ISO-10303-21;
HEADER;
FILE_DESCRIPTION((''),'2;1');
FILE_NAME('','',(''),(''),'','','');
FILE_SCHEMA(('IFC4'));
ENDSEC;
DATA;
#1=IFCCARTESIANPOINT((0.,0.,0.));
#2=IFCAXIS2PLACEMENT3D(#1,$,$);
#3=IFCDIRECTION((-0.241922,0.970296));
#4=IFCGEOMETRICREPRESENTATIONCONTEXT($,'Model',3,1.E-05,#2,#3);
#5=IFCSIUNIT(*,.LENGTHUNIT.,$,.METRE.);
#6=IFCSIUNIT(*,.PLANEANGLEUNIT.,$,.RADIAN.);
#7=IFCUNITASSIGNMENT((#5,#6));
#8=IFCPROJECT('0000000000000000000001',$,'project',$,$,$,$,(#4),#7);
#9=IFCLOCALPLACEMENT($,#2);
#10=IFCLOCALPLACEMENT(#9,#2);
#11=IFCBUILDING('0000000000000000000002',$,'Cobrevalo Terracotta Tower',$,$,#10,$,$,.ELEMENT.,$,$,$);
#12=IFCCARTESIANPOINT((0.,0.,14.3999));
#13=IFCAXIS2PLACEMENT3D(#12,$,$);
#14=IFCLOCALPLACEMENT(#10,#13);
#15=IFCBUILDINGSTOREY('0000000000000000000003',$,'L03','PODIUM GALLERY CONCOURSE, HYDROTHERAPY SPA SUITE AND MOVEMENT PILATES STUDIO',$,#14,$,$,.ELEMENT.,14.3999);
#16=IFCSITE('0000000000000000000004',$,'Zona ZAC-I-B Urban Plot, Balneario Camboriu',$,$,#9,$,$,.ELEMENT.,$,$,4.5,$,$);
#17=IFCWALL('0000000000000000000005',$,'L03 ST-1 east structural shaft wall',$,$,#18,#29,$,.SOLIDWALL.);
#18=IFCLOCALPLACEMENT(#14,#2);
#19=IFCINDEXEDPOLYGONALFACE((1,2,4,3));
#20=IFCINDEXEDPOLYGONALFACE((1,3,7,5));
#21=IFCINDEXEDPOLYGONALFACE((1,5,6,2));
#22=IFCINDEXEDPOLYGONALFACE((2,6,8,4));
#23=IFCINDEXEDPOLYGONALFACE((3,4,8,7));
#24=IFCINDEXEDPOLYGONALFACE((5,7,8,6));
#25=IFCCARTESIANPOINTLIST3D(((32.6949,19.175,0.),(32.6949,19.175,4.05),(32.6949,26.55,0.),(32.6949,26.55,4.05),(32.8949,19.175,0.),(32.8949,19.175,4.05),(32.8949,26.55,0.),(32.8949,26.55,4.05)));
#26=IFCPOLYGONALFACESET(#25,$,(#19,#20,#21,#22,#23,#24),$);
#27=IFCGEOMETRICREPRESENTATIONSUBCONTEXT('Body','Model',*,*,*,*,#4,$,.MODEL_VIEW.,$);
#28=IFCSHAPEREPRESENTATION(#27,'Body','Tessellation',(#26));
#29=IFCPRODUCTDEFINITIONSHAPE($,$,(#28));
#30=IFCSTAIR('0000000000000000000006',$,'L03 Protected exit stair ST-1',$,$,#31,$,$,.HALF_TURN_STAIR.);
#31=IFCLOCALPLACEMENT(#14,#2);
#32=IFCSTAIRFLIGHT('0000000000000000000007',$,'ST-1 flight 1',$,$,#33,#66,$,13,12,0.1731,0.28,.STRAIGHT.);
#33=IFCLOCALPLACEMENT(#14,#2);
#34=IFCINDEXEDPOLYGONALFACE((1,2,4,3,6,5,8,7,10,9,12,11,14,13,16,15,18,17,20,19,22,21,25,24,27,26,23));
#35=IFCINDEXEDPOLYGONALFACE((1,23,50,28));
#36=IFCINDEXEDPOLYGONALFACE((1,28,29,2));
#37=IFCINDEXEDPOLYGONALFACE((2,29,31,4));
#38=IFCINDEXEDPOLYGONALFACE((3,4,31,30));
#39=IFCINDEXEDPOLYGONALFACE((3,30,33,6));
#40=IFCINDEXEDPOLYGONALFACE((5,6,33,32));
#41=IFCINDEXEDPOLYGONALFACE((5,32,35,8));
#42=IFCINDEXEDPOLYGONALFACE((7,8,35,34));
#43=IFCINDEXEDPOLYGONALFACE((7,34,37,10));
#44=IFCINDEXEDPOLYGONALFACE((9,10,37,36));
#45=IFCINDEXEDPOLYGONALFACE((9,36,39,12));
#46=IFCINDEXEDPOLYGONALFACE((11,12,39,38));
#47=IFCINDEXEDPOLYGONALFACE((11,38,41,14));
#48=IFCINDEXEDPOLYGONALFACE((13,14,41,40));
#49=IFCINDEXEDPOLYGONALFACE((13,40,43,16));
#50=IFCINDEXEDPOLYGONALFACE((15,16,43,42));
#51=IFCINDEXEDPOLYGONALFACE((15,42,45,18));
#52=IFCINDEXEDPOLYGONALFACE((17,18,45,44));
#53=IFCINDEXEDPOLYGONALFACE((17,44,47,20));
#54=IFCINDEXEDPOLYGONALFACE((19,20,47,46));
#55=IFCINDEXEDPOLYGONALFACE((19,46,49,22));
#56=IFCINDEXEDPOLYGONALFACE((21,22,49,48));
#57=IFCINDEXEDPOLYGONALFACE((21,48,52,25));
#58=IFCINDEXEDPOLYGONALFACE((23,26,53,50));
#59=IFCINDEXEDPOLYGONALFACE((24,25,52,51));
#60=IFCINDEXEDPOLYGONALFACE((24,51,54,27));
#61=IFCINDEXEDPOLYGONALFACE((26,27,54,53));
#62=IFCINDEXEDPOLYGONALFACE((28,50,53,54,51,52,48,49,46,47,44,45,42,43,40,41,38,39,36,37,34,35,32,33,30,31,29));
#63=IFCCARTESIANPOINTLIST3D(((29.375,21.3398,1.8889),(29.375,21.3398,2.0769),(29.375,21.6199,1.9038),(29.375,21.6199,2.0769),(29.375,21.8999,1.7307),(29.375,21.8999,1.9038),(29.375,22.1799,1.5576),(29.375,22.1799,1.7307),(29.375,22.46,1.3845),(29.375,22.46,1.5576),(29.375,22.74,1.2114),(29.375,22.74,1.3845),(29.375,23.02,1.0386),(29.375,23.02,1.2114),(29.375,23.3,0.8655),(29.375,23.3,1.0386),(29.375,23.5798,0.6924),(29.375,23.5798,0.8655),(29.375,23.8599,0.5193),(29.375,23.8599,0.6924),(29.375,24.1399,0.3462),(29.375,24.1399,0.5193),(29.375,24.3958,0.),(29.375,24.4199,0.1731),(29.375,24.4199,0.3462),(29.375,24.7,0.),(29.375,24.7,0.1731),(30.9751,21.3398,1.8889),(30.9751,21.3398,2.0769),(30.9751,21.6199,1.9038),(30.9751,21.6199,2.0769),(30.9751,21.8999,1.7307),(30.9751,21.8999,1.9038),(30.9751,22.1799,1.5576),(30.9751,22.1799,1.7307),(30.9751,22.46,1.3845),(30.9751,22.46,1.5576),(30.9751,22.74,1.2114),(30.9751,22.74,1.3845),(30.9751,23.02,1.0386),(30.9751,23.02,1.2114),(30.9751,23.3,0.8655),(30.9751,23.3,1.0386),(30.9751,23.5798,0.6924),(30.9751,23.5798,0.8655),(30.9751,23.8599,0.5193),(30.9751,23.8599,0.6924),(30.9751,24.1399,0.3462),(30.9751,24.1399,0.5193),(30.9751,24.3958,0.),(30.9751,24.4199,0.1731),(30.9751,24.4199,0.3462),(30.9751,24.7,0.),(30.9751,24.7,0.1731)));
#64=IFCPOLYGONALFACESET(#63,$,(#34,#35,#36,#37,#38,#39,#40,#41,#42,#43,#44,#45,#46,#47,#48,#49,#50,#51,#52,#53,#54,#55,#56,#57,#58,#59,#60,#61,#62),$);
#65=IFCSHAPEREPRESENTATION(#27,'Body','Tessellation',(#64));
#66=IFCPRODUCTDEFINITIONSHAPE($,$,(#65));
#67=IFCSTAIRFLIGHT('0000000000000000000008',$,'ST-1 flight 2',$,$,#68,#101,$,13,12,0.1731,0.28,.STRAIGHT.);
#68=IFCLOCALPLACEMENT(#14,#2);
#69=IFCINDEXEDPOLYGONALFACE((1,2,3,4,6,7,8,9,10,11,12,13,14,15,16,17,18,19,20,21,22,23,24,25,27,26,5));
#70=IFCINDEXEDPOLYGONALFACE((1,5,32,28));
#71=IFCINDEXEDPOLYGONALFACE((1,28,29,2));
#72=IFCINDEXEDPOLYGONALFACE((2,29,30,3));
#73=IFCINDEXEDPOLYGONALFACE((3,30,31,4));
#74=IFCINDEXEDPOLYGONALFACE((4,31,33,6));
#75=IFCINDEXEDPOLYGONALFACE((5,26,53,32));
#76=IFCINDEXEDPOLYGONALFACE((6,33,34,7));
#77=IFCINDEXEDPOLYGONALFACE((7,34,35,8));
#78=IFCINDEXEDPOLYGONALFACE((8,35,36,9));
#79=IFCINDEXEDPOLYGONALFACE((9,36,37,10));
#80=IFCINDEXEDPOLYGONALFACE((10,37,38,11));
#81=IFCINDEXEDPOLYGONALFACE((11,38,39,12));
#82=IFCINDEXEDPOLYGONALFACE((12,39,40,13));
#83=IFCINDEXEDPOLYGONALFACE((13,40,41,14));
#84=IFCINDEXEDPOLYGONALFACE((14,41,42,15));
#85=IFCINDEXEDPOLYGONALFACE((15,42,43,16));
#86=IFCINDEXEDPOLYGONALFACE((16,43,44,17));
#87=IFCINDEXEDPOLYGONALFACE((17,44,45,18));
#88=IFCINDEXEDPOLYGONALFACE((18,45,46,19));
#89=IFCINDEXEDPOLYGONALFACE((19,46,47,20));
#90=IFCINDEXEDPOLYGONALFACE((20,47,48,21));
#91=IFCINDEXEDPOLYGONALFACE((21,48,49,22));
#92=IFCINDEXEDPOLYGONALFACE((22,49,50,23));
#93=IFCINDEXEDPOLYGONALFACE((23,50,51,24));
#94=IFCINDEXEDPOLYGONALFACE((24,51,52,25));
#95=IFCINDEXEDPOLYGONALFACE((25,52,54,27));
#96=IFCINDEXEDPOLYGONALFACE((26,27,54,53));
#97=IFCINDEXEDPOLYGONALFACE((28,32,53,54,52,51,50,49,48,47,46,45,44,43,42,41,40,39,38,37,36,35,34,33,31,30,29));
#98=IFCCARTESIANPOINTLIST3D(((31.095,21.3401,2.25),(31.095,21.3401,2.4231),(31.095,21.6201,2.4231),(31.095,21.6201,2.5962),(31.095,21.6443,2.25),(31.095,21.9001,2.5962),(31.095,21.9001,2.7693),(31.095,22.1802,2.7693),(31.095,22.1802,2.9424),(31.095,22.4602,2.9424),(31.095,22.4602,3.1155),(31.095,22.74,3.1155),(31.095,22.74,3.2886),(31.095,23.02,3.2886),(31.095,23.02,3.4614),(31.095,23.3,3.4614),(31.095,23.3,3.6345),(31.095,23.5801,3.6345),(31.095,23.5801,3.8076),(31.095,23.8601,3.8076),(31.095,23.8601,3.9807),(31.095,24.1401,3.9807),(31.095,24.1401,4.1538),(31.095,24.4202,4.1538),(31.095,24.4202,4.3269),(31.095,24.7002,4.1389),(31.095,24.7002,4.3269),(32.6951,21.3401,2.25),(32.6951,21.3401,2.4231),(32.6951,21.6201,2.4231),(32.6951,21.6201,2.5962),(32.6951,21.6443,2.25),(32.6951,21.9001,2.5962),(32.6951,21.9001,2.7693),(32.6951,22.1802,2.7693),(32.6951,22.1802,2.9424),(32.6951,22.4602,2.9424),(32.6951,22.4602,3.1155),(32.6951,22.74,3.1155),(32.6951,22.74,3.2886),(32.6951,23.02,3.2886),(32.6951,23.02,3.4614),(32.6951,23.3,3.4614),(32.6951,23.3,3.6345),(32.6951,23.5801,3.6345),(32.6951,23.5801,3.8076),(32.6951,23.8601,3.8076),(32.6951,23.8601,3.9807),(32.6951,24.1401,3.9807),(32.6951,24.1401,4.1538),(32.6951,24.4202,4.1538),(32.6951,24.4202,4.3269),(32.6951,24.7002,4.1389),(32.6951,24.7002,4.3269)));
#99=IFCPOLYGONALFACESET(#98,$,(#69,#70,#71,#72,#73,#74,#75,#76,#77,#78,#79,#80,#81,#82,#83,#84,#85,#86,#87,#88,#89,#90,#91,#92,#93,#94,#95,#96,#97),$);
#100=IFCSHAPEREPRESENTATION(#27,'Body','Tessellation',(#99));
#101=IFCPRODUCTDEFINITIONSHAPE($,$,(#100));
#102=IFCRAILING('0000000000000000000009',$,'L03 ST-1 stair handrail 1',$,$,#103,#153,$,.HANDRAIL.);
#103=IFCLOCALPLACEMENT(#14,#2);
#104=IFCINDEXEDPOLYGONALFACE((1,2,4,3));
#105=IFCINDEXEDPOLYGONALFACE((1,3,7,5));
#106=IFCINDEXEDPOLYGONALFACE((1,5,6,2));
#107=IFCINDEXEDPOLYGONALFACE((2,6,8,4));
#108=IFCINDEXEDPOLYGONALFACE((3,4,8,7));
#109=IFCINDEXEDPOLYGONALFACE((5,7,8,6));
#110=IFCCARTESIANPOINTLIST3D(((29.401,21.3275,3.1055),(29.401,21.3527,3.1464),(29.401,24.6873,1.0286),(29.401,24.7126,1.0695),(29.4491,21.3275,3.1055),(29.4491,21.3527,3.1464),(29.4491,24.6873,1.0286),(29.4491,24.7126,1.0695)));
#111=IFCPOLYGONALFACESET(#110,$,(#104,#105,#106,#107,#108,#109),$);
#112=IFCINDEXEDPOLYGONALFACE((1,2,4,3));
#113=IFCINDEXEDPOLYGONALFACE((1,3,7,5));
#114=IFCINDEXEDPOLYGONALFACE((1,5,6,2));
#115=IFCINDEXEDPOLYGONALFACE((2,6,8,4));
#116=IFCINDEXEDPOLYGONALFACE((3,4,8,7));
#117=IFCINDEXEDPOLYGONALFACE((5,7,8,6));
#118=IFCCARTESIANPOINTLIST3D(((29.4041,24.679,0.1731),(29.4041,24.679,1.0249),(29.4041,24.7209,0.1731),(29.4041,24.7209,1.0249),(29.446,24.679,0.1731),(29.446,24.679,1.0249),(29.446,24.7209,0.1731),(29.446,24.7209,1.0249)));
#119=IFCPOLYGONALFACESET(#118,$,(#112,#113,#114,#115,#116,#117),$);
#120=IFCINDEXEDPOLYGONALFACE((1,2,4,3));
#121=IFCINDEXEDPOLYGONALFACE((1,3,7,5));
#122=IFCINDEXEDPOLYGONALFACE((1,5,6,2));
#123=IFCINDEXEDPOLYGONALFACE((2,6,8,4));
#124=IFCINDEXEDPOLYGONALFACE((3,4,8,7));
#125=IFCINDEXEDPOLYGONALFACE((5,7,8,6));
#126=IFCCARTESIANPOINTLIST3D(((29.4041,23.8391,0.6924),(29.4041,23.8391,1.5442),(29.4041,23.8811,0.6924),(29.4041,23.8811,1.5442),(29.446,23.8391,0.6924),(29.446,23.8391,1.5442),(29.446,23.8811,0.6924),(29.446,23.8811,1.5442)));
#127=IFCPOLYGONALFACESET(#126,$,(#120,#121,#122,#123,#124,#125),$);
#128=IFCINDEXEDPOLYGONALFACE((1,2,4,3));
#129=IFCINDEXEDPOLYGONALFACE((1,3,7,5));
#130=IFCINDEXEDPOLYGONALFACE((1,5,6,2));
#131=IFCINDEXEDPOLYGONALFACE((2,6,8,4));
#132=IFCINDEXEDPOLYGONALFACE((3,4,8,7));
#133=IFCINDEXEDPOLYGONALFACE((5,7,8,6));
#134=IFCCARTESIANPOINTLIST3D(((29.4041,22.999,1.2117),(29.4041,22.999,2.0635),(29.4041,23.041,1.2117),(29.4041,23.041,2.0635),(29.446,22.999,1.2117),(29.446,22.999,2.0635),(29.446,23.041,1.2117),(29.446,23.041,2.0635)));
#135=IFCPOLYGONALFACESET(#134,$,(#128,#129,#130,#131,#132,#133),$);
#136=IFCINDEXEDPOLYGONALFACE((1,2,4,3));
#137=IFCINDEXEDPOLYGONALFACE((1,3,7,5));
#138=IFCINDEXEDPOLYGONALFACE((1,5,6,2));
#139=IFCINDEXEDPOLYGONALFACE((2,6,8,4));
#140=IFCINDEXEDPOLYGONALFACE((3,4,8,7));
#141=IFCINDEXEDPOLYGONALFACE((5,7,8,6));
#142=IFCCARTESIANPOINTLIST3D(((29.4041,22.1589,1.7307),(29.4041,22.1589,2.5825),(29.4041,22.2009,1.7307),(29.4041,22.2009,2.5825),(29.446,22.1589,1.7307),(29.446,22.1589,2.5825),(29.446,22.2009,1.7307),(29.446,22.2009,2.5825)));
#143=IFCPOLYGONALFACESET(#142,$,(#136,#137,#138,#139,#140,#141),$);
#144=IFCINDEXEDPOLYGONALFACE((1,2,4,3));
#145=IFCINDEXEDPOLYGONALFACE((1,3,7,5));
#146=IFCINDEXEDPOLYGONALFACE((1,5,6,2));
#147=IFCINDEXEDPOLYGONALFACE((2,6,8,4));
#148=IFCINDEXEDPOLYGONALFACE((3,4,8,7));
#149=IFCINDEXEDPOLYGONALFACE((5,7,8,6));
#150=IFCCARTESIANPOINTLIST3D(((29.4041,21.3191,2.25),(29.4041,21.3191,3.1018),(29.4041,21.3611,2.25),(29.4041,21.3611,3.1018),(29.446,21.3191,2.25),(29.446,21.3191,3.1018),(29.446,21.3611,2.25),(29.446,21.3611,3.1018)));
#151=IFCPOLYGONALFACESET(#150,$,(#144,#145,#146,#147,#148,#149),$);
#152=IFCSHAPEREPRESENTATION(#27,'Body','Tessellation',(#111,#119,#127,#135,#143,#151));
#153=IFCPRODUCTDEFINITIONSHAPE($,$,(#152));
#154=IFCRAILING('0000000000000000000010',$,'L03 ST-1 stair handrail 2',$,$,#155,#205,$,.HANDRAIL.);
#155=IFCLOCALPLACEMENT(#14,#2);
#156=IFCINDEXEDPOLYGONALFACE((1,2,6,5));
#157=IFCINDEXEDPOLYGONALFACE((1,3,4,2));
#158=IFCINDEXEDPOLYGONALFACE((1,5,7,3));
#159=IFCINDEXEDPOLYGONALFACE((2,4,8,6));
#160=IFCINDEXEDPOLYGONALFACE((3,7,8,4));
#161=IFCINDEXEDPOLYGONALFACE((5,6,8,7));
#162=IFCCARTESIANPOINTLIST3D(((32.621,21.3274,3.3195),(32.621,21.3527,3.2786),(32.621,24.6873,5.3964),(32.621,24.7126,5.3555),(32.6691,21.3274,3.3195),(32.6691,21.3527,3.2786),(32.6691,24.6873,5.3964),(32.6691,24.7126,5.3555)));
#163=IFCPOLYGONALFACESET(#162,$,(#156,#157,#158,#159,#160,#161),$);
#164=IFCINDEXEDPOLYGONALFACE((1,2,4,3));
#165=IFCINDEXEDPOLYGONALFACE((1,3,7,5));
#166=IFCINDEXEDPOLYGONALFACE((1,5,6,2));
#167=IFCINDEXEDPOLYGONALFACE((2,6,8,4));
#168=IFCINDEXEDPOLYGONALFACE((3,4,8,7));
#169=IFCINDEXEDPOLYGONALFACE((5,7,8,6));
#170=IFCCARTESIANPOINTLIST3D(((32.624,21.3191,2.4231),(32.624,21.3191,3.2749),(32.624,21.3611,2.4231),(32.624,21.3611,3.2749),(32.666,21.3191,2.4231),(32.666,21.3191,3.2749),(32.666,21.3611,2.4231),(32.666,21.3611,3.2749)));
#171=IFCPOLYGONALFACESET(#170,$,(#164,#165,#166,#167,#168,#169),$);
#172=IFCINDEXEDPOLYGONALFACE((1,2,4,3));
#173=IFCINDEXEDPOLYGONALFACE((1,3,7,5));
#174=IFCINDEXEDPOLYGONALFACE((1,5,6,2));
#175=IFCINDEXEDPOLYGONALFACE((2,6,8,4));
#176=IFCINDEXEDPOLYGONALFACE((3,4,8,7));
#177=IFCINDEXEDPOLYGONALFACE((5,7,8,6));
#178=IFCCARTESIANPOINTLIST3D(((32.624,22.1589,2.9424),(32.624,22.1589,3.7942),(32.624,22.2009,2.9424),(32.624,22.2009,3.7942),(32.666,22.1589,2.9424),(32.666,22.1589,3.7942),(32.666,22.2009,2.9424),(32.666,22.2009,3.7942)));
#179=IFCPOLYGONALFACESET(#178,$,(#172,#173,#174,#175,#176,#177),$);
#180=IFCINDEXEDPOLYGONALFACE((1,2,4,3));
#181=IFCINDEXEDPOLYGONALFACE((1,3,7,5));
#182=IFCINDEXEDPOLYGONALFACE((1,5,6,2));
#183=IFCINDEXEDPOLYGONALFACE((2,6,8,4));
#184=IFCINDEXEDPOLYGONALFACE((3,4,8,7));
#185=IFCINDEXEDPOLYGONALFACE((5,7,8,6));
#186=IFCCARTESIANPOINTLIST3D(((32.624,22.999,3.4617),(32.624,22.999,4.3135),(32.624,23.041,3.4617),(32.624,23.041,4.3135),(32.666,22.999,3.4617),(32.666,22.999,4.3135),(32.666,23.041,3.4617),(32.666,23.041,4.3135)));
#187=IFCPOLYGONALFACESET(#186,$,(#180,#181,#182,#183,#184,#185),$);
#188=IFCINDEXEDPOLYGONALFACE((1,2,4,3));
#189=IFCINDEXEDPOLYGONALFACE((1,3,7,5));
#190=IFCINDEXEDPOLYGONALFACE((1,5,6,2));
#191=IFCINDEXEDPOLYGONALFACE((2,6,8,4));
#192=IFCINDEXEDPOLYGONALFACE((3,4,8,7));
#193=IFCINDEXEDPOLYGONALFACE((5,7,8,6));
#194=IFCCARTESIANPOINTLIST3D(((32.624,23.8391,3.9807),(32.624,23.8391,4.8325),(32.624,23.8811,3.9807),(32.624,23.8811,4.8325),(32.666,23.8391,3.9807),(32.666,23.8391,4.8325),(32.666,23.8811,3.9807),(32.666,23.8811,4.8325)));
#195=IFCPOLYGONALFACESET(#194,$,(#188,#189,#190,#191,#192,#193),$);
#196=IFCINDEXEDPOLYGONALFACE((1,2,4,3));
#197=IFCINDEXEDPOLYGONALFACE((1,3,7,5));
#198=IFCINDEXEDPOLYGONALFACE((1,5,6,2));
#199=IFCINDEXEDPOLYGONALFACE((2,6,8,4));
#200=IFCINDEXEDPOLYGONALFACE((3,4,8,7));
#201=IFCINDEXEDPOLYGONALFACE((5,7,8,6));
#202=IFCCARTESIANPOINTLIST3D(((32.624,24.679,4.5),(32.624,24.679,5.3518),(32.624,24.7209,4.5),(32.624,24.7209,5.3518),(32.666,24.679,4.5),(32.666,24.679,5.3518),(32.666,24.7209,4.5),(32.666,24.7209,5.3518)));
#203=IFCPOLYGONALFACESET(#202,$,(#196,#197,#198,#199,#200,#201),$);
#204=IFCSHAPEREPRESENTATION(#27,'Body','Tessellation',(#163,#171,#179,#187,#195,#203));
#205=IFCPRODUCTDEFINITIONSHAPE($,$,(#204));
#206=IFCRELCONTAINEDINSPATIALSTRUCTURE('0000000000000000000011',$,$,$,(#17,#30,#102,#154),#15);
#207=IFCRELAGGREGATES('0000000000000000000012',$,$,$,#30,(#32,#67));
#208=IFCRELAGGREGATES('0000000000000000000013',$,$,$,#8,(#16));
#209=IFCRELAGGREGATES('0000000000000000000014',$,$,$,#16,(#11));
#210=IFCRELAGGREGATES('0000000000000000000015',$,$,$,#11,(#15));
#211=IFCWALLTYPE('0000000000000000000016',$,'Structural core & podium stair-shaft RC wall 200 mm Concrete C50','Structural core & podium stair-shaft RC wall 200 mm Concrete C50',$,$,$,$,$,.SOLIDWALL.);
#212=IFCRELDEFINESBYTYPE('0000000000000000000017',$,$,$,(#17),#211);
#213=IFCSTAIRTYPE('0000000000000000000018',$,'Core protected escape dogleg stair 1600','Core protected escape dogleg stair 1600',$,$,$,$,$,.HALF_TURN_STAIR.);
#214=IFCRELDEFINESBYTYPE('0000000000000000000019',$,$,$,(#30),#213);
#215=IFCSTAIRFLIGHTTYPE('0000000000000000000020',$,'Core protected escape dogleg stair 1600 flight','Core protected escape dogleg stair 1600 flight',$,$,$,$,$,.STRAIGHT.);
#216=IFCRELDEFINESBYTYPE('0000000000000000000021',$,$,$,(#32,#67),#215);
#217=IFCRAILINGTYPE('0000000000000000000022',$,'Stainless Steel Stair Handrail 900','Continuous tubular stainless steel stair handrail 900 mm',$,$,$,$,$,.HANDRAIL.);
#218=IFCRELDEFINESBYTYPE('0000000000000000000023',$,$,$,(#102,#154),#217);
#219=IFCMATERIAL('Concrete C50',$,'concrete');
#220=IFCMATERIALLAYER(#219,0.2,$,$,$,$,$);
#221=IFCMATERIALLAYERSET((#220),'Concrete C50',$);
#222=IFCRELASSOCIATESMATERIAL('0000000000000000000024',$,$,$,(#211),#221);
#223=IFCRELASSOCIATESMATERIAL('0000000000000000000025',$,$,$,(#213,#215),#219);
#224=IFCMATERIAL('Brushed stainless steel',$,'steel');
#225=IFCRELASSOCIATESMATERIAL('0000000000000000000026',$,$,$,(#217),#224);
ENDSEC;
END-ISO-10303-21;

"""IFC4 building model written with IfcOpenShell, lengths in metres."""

from ifc_helpers import new_model, si_unit, direction, frame, frame_2d, origin, origin_2d, place, context, subcontext, project, spatial, polyline, rectangle, outline, extrude, material, layer, layer_set, type_object, element, aggregate, save


model = new_model("IFC4")

# Units and contexts
model_context = context("Model", 3, precision=1e-05, world=origin(), true_north=direction((-0.241922, 0.970296)))
body_context = subcontext(model_context, "Body", "Model", "MODEL_VIEW")
ifc_project = project(units=[si_unit("LENGTHUNIT", "METRE"), si_unit("PLANEANGLEUNIT", "RADIAN")], contexts=[model_context])

# Site, building, storey
site_placement = place(None, origin())
site = spatial("IfcSite", under=ifc_project, at=site_placement, Name="Zona ZAC-I-B Urban Plot, Balneario Camboriu", CompositionType="ELEMENT", RefElevation=4.5)
building_placement = place(site_placement, origin())
building = spatial("IfcBuilding", under=site, at=building_placement, Name="Cobrevalo Terracotta Tower", CompositionType="ELEMENT")
storey_placement = place(building_placement, frame((0.0, 0.0, 14.3999)))
storey = spatial("IfcBuildingStorey", under=building, at=storey_placement, Name="L03", Description="PODIUM GALLERY CONCOURSE, HYDROTHERAPY SPA SUITE AND MOVEMENT PILATES STUDIO", CompositionType="ELEMENT", Elevation=14.3999)

# Wall
ifc_material_1 = material(Name="Concrete C50", Category="concrete")
ifc_layer_1 = layer(ifc_material_1, 0.2)
ifc_layer_set_1 = layer_set([ifc_layer_1], Name="Concrete C50")
wall_type_1 = type_object("IfcWallType", Name="Structural core & podium stair-shaft RC wall 200 mm Concrete C50", Description="Structural core & podium stair-shaft RC wall 200 mm Concrete C50", PredefinedType="SOLIDWALL", material=ifc_layer_set_1)
wall_1_placement = place(storey_placement, frame((32.7949, 19.175, 0.0), z_axis=(0.0, 0.0, 1.0), x_axis=(0.0, 1.0, 0.0)))
element("IfcWall", 1, at=wall_1_placement, inside=storey, type_object=wall_type_1, Name="L03 ST-1 east structural shaft wall", PredefinedType="SOLIDWALL", context=body_context, shape_type="SweptSolid", body=[
    extrude(rectangle(XDim=7.375, YDim=0.2, at=frame_2d((3.6875, 0.0))), origin(), (0.0, 0.0, 1.0), 4.05),
])

# Stair, stair flights
stair_type = type_object("IfcStairType", Name="Core protected escape dogleg stair 1600", Description="Core protected escape dogleg stair 1600", PredefinedType="HALF_TURN_STAIR", material=ifc_material_1)
stair_placement = place(storey_placement, origin())
stair = element("IfcStair", 2, at=stair_placement, inside=storey, type_object=stair_type, Name="L03 Protected exit stair ST-1", PredefinedType="HALF_TURN_STAIR")
stair_flight_type = type_object("IfcStairFlightType", Name="Core protected escape dogleg stair 1600 flight", Description="Core protected escape dogleg stair 1600 flight", PredefinedType="STRAIGHT", material=ifc_material_1)
stair_flight_1_placement = place(storey_placement, frame((30.175, 24.7, 0.0), z_axis=(0.0, 0.0, 1.0), x_axis=(0.0, -1.0, 0.0)))
stair_flight_1 = element("IfcStairFlight", 3, at=stair_flight_1_placement, type_object=stair_flight_type, Name="ST-1 flight 1", NumberOfRisers=13, NumberOfTreads=12, PredefinedType="STRAIGHT", RiserHeight=0.1731, TreadLength=0.28, context=body_context, shape_type="SweptSolid", body=[
    extrude(outline(polyline([(0.0, 0.0), (0.0, 0.1731), (0.28, 0.1731), (0.28, 0.3462), (0.5601, 0.3462), (0.5601, 0.5193), (0.8401, 0.5193), (0.8401, 0.6924), (1.1201, 0.6924), (1.1201, 0.8655), (1.3999, 0.8655), (1.3999, 1.0386), (1.6799, 1.0386), (1.6799, 1.2114), (1.96, 1.2114), (1.96, 1.3845), (2.24, 1.3845), (2.24, 1.5576), (2.52, 1.5576), (2.52, 1.7307), (2.8, 1.7307), (2.8, 1.9038), (3.0801, 1.9038), (3.0801, 2.0769), (3.3601, 2.0769), (3.3601, 2.25), (3.3601, 1.8889), (0.3042, 0.0), (0.0, 0.0)])), frame((0.0, 0.8, 0.0), z_axis=(0.0, -1.0, 0.0), x_axis=(1.0, 0.0, 0.0)), (0.0, 0.0, 1.0), 1.6001),
])
stair_flight_2_placement = place(storey_placement, frame((31.895, 21.3401, 2.25), z_axis=(0.0, 0.0, 1.0), x_axis=(0.0, 1.0, 0.0)))
stair_flight_2 = element("IfcStairFlight", 4, at=stair_flight_2_placement, type_object=stair_flight_type, Name="ST-1 flight 2", NumberOfRisers=13, NumberOfTreads=12, PredefinedType="STRAIGHT", RiserHeight=0.1731, TreadLength=0.28, context=body_context, shape_type="SweptSolid", body=[
    extrude(outline(polyline([(0.0, 0.0), (0.0, 0.1731), (0.28, 0.1731), (0.28, 0.3462), (0.5601, 0.3462), (0.5601, 0.5193), (0.8401, 0.5193), (0.8401, 0.6924), (1.1201, 0.6924), (1.1201, 0.8655), (1.3999, 0.8655), (1.3999, 1.0386), (1.6799, 1.0386), (1.6799, 1.2114), (1.96, 1.2114), (1.96, 1.3845), (2.24, 1.3845), (2.24, 1.5576), (2.52, 1.5576), (2.52, 1.7307), (2.8, 1.7307), (2.8, 1.9038), (3.0801, 1.9038), (3.0801, 2.0769), (3.3601, 2.0769), (3.3601, 2.25), (3.3601, 1.8889), (0.3042, 0.0), (0.0, 0.0)])), frame((0.0, 0.8, 0.0), z_axis=(0.0, -1.0, 0.0), x_axis=(1.0, 0.0, 0.0)), (0.0, 0.0, 1.0), 1.6001),
])
aggregate(stair, [stair_flight_1, stair_flight_2])

# Railings
ifc_material_2 = material(Name="Brushed stainless steel", Category="steel")
railing_type_1 = type_object("IfcRailingType", Name="Stainless Steel Stair Handrail 900", Description="Continuous tubular stainless steel stair handrail 900 mm", PredefinedType="HANDRAIL", material=ifc_material_2)
railing_1_placement = place(storey_placement, frame((29.425, 24.7, 0.1731)))
element("IfcRailing", 5, at=railing_1_placement, inside=storey, type_object=railing_type_1, Name="L03 ST-1 stair handrail 1", PredefinedType="HANDRAIL", context=body_context, shape_type="SweptSolid", body=[
    extrude(rectangle(XDim=0.0481, YDim=0.0481, at=origin_2d()), frame((0.0, 0.0, 0.876), z_axis=(0.0, -0.850606, 0.525803), x_axis=(1.0, 0.0, 0.0)), (0.0, 0.0, 1.0), 3.95),
    extrude(rectangle(XDim=0.042, YDim=0.042, at=origin_2d()), origin(), (0.0, 0.0, 1.0), 0.8518),
    extrude(rectangle(XDim=0.042, YDim=0.042, at=origin_2d()), frame((0.0, -0.8398, 0.5193)), (0.0, 0.0, 1.0), 0.8518),
    extrude(rectangle(XDim=0.042, YDim=0.042, at=origin_2d()), frame((0.0, -1.6799, 1.0386)), (0.0, 0.0, 1.0), 0.8518),
    extrude(rectangle(XDim=0.042, YDim=0.042, at=origin_2d()), frame((0.0, -2.52, 1.5576)), (0.0, 0.0, 1.0), 0.8518),
    extrude(rectangle(XDim=0.042, YDim=0.042, at=origin_2d()), frame((0.0, -3.3599, 2.0769)), (0.0, 0.0, 1.0), 0.8518),
])
railing_2_placement = place(storey_placement, frame((32.645, 21.3401, 2.4231)))
element("IfcRailing", 6, at=railing_2_placement, inside=storey, type_object=railing_type_1, Name="L03 ST-1 stair handrail 2", PredefinedType="HANDRAIL", context=body_context, shape_type="SweptSolid", body=[
    extrude(rectangle(XDim=0.0481, YDim=0.0481, at=origin_2d()), frame((0.0, 0.0, 0.876), z_axis=(0.0, 0.850606, 0.525803), x_axis=(-1.0, 0.0, 0.0)), (0.0, 0.0, 1.0), 3.95),
    extrude(rectangle(XDim=0.042, YDim=0.042, at=origin_2d()), origin(), (0.0, 0.0, 1.0), 0.8518),
    extrude(rectangle(XDim=0.042, YDim=0.042, at=origin_2d()), frame((0.0, 0.8398, 0.5193)), (0.0, 0.0, 1.0), 0.8518),
    extrude(rectangle(XDim=0.042, YDim=0.042, at=origin_2d()), frame((0.0, 1.6799, 1.0386)), (0.0, 0.0, 1.0), 0.8518),
    extrude(rectangle(XDim=0.042, YDim=0.042, at=origin_2d()), frame((0.0, 2.52, 1.5576)), (0.0, 0.0, 1.0), 0.8518),
    extrude(rectangle(XDim=0.042, YDim=0.042, at=origin_2d()), frame((0.0, 3.3599, 2.0769)), (0.0, 0.0, 1.0), 0.8518),
])

save(model, "model.ifc")
